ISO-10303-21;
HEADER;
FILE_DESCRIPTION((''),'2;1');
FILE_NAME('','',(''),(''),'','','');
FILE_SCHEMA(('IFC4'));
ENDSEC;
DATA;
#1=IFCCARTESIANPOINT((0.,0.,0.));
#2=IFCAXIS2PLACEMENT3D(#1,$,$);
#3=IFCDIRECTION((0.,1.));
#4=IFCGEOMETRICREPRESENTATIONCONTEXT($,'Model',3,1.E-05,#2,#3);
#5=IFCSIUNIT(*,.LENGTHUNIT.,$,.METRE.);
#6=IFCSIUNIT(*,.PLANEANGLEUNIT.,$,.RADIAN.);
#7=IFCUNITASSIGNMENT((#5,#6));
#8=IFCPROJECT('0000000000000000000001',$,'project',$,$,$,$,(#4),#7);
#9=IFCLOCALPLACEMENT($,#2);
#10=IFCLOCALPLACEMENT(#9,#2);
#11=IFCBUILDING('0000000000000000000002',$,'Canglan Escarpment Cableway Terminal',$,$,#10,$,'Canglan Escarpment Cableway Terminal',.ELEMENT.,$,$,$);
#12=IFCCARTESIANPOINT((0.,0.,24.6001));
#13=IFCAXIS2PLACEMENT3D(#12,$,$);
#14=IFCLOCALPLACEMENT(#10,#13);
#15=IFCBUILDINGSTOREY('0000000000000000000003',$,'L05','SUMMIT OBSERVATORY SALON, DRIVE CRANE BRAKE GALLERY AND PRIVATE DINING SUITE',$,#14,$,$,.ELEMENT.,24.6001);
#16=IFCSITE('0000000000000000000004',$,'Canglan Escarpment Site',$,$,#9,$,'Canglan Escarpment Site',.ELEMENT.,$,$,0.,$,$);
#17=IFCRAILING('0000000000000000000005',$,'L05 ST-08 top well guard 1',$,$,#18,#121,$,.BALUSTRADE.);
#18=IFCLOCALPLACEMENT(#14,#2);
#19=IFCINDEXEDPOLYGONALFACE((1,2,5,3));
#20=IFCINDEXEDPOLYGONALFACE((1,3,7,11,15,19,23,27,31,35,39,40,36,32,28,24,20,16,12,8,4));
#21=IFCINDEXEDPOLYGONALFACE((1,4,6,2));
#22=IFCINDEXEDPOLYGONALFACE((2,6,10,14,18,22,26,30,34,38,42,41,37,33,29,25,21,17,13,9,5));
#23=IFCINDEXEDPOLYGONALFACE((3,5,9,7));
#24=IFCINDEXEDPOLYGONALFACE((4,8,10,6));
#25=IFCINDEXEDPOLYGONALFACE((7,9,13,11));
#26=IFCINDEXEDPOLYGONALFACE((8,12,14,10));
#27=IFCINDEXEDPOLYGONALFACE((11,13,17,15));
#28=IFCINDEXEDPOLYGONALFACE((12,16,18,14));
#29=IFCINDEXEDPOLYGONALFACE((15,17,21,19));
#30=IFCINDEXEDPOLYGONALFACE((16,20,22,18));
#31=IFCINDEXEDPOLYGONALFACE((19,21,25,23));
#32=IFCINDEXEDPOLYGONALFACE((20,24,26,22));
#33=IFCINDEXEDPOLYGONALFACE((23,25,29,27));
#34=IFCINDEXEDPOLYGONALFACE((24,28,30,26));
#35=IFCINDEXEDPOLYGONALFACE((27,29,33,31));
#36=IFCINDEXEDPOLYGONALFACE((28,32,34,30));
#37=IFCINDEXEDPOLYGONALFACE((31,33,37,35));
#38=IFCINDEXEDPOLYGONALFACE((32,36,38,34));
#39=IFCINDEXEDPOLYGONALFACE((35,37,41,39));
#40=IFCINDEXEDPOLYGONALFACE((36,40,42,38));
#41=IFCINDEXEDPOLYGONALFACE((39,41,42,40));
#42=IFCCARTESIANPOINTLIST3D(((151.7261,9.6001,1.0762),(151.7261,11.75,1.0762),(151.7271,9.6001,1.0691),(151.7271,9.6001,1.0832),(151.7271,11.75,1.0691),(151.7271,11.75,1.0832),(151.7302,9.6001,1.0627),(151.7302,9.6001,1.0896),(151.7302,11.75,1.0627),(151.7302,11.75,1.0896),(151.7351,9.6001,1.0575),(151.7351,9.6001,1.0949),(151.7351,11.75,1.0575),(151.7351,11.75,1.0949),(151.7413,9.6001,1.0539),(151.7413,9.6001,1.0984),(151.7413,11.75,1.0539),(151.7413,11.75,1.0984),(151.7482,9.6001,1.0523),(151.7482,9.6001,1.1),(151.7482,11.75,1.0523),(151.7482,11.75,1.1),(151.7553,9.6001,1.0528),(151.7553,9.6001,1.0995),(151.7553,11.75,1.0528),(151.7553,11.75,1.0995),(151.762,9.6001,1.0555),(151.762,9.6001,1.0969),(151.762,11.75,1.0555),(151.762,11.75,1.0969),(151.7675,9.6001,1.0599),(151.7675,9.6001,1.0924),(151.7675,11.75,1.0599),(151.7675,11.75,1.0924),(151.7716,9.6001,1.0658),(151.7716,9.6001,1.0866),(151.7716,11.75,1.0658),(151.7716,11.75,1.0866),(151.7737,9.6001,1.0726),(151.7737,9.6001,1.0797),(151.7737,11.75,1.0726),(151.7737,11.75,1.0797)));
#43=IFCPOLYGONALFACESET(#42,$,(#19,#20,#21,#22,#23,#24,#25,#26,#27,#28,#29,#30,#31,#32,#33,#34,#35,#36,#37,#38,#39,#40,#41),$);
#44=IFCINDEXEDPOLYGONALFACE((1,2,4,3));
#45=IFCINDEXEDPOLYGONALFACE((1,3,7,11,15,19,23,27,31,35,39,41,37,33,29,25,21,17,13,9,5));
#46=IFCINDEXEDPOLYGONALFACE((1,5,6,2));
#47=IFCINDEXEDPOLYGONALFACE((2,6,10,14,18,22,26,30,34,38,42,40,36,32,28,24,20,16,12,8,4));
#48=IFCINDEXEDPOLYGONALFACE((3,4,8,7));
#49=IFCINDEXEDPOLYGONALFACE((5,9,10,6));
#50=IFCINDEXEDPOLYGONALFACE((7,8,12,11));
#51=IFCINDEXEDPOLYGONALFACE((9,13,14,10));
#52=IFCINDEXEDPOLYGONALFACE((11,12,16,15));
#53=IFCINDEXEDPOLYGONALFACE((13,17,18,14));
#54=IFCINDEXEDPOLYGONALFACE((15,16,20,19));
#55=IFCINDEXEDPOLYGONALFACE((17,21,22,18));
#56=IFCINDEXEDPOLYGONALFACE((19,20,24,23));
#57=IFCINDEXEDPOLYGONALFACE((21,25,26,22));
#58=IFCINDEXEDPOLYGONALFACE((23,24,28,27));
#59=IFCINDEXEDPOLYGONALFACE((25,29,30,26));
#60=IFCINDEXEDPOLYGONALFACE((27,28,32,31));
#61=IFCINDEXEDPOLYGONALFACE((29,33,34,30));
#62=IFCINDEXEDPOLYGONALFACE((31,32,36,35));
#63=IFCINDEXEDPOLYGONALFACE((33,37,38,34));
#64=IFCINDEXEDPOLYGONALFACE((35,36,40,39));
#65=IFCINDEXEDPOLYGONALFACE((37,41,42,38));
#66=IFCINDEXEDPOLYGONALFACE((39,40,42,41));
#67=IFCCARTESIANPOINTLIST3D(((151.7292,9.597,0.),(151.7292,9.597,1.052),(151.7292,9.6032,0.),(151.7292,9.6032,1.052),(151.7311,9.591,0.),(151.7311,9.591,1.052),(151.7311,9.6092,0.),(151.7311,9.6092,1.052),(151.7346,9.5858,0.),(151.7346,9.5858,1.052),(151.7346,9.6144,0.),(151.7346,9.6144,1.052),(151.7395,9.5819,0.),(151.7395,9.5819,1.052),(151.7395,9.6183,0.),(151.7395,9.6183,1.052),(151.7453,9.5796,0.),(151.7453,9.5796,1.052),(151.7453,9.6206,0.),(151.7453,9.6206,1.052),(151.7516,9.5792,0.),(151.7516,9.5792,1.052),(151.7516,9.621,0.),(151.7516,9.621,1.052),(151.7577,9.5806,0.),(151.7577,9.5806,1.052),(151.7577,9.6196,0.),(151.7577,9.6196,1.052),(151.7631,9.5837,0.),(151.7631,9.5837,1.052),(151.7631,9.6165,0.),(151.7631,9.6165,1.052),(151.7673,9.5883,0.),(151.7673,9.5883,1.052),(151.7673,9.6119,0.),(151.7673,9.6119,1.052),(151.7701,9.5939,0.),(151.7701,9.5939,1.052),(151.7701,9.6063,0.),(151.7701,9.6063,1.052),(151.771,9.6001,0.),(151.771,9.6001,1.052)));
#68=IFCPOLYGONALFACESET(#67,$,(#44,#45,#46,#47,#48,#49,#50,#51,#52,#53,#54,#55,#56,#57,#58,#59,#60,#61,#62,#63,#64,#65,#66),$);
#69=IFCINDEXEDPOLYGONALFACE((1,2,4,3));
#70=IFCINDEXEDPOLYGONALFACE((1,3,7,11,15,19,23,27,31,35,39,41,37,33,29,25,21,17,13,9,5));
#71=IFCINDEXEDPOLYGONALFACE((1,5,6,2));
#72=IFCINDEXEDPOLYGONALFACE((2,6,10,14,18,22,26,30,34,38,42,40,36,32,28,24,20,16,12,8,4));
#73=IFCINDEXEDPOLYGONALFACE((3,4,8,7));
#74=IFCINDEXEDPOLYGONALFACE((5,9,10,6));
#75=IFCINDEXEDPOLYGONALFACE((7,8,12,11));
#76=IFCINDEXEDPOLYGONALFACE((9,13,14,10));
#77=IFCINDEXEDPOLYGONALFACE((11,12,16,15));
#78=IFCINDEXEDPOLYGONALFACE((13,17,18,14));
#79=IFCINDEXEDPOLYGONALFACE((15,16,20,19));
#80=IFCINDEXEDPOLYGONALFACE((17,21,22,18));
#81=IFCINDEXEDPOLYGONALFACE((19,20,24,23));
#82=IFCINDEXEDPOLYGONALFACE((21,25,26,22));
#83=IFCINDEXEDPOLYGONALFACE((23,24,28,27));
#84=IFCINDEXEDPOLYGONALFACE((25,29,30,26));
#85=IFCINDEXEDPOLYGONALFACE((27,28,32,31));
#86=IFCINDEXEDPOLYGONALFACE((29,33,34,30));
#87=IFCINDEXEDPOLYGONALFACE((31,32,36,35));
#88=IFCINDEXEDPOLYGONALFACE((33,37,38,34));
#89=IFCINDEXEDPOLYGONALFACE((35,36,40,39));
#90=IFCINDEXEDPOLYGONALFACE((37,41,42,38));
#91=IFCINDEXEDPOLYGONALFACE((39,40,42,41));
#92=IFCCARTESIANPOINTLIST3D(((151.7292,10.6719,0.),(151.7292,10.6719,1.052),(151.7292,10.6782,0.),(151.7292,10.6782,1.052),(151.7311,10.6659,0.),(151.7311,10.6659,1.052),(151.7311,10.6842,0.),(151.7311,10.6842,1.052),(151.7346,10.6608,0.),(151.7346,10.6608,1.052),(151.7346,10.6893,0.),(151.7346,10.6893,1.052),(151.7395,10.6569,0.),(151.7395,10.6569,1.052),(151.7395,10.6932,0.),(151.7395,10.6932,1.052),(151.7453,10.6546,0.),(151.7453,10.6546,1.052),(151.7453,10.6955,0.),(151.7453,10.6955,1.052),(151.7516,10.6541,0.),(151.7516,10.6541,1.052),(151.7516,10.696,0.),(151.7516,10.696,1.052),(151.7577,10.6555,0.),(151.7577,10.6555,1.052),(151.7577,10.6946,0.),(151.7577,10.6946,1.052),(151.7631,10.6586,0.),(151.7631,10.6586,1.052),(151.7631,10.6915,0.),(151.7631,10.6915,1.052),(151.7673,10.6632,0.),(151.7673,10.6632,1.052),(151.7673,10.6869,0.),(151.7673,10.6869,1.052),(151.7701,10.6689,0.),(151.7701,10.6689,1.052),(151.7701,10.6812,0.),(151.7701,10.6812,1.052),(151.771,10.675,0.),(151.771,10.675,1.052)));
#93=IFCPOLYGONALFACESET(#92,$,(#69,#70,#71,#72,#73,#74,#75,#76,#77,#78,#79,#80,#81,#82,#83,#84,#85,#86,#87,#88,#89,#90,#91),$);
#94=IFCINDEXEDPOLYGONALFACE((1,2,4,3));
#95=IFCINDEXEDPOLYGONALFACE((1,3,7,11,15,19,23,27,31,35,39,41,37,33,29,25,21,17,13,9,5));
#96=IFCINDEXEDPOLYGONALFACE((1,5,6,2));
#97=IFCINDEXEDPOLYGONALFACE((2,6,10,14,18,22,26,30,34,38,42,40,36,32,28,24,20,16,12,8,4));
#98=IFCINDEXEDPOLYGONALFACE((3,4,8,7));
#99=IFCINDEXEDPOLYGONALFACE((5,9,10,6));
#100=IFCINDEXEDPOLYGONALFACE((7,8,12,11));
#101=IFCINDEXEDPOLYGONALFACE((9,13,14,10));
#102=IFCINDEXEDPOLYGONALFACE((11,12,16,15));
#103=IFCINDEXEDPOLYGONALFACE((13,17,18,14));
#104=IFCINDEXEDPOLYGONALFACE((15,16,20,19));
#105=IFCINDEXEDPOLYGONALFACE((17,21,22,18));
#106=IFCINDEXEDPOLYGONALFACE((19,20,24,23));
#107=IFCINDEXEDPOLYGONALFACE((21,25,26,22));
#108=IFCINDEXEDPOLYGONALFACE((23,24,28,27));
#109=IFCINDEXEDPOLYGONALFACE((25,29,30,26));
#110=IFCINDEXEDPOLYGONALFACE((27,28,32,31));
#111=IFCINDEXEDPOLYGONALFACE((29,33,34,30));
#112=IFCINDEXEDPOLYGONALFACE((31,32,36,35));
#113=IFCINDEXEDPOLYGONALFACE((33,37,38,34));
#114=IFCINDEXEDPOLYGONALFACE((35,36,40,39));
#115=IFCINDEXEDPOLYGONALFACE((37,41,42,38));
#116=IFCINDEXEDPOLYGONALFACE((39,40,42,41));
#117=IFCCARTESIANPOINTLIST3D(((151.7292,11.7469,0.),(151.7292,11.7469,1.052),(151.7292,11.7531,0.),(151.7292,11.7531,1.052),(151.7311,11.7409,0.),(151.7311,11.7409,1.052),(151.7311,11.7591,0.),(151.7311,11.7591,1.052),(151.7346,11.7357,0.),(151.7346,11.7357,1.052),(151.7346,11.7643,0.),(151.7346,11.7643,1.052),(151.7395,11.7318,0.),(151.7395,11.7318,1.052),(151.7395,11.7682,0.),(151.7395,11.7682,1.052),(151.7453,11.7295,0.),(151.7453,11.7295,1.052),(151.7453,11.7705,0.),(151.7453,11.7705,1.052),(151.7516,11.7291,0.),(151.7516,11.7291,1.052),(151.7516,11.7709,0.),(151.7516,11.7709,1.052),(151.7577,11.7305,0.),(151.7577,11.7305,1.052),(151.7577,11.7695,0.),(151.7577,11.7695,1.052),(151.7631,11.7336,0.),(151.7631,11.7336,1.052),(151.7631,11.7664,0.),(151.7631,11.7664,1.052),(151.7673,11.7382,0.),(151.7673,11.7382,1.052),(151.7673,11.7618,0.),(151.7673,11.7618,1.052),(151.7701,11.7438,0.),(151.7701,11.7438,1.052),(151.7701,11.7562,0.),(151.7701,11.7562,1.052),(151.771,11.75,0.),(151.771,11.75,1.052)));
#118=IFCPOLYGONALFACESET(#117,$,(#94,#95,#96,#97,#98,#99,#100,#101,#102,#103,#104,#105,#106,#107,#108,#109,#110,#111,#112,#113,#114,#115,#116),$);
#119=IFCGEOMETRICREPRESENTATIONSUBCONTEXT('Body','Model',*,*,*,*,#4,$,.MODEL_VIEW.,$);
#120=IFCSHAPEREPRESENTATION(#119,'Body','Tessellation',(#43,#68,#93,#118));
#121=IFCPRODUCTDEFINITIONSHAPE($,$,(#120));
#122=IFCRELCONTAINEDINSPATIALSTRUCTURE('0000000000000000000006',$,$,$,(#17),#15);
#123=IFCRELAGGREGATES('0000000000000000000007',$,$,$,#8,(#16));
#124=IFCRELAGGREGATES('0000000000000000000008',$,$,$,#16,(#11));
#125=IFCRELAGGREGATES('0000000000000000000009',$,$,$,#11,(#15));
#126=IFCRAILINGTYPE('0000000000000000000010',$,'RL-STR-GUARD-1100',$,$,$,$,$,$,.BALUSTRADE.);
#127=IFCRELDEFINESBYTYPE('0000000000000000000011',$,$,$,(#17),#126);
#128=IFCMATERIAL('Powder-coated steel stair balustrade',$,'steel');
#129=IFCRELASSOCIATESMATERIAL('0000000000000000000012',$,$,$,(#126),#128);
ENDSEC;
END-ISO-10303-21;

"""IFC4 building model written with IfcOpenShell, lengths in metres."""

from ifc_helpers import new_model, si_unit, direction, frame, origin, origin_2d, place, context, subcontext, project, spatial, circle, extrude, material, type_object, element, save


model = new_model("IFC4")

# Units and contexts
model_context = context("Model", 3, precision=1e-05, world=origin(), true_north=direction((0.0, 1.0)))
body_context = subcontext(model_context, "Body", "Model", "MODEL_VIEW")
ifc_project = project(units=[si_unit("LENGTHUNIT", "METRE"), si_unit("PLANEANGLEUNIT", "RADIAN")], contexts=[model_context])

# Site, building, storey
site_placement = place(None, origin())
site = spatial("IfcSite", under=ifc_project, at=site_placement, Name="Canglan Escarpment Site", LongName="Canglan Escarpment Site", CompositionType="ELEMENT", RefElevation=0.0)
building_placement = place(site_placement, origin())
building = spatial("IfcBuilding", under=site, at=building_placement, Name="Canglan Escarpment Cableway Terminal", LongName="Canglan Escarpment Cableway Terminal", CompositionType="ELEMENT")
storey_placement = place(building_placement, frame((0.0, 0.0, 24.6001)))
storey = spatial("IfcBuildingStorey", under=building, at=storey_placement, Name="L05", Description="SUMMIT OBSERVATORY SALON, DRIVE CRANE BRAKE GALLERY AND PRIVATE DINING SUITE", CompositionType="ELEMENT", Elevation=24.6001)

# Railing
ifc_material_1 = material(Name="Powder-coated steel stair balustrade", Category="steel")
railing_type = type_object("IfcRailingType", Name="RL-STR-GUARD-1100", PredefinedType="BALUSTRADE", material=ifc_material_1)
railing_placement = place(storey_placement, frame((151.75, 9.6001, 0.0)))
element("IfcRailing", 1, at=railing_placement, inside=storey, type_object=railing_type, Name="L05 ST-08 top well guard 1", PredefinedType="BALUSTRADE", context=body_context, shape_type="SweptSolid", body=[
    extrude(circle(Radius=0.0239, at=origin_2d()), frame((0.0, 0.0, 1.0762), z_axis=(0.0, 1.0, 0.0), x_axis=(-1.0, 0.0, 0.0)), (0.0, 0.0, 1.0), 2.1499),
    extrude(circle(Radius=0.021, at=origin_2d()), origin(), (0.0, 0.0, 1.0), 1.052),
    extrude(circle(Radius=0.021, at=origin_2d()), frame((0.0, 1.075, 0.0)), (0.0, 0.0, 1.0), 1.052),
    extrude(circle(Radius=0.021, at=origin_2d()), frame((0.0, 2.1499, 0.0)), (0.0, 0.0, 1.0), 1.052),
])

save(model, "model.ifc")
